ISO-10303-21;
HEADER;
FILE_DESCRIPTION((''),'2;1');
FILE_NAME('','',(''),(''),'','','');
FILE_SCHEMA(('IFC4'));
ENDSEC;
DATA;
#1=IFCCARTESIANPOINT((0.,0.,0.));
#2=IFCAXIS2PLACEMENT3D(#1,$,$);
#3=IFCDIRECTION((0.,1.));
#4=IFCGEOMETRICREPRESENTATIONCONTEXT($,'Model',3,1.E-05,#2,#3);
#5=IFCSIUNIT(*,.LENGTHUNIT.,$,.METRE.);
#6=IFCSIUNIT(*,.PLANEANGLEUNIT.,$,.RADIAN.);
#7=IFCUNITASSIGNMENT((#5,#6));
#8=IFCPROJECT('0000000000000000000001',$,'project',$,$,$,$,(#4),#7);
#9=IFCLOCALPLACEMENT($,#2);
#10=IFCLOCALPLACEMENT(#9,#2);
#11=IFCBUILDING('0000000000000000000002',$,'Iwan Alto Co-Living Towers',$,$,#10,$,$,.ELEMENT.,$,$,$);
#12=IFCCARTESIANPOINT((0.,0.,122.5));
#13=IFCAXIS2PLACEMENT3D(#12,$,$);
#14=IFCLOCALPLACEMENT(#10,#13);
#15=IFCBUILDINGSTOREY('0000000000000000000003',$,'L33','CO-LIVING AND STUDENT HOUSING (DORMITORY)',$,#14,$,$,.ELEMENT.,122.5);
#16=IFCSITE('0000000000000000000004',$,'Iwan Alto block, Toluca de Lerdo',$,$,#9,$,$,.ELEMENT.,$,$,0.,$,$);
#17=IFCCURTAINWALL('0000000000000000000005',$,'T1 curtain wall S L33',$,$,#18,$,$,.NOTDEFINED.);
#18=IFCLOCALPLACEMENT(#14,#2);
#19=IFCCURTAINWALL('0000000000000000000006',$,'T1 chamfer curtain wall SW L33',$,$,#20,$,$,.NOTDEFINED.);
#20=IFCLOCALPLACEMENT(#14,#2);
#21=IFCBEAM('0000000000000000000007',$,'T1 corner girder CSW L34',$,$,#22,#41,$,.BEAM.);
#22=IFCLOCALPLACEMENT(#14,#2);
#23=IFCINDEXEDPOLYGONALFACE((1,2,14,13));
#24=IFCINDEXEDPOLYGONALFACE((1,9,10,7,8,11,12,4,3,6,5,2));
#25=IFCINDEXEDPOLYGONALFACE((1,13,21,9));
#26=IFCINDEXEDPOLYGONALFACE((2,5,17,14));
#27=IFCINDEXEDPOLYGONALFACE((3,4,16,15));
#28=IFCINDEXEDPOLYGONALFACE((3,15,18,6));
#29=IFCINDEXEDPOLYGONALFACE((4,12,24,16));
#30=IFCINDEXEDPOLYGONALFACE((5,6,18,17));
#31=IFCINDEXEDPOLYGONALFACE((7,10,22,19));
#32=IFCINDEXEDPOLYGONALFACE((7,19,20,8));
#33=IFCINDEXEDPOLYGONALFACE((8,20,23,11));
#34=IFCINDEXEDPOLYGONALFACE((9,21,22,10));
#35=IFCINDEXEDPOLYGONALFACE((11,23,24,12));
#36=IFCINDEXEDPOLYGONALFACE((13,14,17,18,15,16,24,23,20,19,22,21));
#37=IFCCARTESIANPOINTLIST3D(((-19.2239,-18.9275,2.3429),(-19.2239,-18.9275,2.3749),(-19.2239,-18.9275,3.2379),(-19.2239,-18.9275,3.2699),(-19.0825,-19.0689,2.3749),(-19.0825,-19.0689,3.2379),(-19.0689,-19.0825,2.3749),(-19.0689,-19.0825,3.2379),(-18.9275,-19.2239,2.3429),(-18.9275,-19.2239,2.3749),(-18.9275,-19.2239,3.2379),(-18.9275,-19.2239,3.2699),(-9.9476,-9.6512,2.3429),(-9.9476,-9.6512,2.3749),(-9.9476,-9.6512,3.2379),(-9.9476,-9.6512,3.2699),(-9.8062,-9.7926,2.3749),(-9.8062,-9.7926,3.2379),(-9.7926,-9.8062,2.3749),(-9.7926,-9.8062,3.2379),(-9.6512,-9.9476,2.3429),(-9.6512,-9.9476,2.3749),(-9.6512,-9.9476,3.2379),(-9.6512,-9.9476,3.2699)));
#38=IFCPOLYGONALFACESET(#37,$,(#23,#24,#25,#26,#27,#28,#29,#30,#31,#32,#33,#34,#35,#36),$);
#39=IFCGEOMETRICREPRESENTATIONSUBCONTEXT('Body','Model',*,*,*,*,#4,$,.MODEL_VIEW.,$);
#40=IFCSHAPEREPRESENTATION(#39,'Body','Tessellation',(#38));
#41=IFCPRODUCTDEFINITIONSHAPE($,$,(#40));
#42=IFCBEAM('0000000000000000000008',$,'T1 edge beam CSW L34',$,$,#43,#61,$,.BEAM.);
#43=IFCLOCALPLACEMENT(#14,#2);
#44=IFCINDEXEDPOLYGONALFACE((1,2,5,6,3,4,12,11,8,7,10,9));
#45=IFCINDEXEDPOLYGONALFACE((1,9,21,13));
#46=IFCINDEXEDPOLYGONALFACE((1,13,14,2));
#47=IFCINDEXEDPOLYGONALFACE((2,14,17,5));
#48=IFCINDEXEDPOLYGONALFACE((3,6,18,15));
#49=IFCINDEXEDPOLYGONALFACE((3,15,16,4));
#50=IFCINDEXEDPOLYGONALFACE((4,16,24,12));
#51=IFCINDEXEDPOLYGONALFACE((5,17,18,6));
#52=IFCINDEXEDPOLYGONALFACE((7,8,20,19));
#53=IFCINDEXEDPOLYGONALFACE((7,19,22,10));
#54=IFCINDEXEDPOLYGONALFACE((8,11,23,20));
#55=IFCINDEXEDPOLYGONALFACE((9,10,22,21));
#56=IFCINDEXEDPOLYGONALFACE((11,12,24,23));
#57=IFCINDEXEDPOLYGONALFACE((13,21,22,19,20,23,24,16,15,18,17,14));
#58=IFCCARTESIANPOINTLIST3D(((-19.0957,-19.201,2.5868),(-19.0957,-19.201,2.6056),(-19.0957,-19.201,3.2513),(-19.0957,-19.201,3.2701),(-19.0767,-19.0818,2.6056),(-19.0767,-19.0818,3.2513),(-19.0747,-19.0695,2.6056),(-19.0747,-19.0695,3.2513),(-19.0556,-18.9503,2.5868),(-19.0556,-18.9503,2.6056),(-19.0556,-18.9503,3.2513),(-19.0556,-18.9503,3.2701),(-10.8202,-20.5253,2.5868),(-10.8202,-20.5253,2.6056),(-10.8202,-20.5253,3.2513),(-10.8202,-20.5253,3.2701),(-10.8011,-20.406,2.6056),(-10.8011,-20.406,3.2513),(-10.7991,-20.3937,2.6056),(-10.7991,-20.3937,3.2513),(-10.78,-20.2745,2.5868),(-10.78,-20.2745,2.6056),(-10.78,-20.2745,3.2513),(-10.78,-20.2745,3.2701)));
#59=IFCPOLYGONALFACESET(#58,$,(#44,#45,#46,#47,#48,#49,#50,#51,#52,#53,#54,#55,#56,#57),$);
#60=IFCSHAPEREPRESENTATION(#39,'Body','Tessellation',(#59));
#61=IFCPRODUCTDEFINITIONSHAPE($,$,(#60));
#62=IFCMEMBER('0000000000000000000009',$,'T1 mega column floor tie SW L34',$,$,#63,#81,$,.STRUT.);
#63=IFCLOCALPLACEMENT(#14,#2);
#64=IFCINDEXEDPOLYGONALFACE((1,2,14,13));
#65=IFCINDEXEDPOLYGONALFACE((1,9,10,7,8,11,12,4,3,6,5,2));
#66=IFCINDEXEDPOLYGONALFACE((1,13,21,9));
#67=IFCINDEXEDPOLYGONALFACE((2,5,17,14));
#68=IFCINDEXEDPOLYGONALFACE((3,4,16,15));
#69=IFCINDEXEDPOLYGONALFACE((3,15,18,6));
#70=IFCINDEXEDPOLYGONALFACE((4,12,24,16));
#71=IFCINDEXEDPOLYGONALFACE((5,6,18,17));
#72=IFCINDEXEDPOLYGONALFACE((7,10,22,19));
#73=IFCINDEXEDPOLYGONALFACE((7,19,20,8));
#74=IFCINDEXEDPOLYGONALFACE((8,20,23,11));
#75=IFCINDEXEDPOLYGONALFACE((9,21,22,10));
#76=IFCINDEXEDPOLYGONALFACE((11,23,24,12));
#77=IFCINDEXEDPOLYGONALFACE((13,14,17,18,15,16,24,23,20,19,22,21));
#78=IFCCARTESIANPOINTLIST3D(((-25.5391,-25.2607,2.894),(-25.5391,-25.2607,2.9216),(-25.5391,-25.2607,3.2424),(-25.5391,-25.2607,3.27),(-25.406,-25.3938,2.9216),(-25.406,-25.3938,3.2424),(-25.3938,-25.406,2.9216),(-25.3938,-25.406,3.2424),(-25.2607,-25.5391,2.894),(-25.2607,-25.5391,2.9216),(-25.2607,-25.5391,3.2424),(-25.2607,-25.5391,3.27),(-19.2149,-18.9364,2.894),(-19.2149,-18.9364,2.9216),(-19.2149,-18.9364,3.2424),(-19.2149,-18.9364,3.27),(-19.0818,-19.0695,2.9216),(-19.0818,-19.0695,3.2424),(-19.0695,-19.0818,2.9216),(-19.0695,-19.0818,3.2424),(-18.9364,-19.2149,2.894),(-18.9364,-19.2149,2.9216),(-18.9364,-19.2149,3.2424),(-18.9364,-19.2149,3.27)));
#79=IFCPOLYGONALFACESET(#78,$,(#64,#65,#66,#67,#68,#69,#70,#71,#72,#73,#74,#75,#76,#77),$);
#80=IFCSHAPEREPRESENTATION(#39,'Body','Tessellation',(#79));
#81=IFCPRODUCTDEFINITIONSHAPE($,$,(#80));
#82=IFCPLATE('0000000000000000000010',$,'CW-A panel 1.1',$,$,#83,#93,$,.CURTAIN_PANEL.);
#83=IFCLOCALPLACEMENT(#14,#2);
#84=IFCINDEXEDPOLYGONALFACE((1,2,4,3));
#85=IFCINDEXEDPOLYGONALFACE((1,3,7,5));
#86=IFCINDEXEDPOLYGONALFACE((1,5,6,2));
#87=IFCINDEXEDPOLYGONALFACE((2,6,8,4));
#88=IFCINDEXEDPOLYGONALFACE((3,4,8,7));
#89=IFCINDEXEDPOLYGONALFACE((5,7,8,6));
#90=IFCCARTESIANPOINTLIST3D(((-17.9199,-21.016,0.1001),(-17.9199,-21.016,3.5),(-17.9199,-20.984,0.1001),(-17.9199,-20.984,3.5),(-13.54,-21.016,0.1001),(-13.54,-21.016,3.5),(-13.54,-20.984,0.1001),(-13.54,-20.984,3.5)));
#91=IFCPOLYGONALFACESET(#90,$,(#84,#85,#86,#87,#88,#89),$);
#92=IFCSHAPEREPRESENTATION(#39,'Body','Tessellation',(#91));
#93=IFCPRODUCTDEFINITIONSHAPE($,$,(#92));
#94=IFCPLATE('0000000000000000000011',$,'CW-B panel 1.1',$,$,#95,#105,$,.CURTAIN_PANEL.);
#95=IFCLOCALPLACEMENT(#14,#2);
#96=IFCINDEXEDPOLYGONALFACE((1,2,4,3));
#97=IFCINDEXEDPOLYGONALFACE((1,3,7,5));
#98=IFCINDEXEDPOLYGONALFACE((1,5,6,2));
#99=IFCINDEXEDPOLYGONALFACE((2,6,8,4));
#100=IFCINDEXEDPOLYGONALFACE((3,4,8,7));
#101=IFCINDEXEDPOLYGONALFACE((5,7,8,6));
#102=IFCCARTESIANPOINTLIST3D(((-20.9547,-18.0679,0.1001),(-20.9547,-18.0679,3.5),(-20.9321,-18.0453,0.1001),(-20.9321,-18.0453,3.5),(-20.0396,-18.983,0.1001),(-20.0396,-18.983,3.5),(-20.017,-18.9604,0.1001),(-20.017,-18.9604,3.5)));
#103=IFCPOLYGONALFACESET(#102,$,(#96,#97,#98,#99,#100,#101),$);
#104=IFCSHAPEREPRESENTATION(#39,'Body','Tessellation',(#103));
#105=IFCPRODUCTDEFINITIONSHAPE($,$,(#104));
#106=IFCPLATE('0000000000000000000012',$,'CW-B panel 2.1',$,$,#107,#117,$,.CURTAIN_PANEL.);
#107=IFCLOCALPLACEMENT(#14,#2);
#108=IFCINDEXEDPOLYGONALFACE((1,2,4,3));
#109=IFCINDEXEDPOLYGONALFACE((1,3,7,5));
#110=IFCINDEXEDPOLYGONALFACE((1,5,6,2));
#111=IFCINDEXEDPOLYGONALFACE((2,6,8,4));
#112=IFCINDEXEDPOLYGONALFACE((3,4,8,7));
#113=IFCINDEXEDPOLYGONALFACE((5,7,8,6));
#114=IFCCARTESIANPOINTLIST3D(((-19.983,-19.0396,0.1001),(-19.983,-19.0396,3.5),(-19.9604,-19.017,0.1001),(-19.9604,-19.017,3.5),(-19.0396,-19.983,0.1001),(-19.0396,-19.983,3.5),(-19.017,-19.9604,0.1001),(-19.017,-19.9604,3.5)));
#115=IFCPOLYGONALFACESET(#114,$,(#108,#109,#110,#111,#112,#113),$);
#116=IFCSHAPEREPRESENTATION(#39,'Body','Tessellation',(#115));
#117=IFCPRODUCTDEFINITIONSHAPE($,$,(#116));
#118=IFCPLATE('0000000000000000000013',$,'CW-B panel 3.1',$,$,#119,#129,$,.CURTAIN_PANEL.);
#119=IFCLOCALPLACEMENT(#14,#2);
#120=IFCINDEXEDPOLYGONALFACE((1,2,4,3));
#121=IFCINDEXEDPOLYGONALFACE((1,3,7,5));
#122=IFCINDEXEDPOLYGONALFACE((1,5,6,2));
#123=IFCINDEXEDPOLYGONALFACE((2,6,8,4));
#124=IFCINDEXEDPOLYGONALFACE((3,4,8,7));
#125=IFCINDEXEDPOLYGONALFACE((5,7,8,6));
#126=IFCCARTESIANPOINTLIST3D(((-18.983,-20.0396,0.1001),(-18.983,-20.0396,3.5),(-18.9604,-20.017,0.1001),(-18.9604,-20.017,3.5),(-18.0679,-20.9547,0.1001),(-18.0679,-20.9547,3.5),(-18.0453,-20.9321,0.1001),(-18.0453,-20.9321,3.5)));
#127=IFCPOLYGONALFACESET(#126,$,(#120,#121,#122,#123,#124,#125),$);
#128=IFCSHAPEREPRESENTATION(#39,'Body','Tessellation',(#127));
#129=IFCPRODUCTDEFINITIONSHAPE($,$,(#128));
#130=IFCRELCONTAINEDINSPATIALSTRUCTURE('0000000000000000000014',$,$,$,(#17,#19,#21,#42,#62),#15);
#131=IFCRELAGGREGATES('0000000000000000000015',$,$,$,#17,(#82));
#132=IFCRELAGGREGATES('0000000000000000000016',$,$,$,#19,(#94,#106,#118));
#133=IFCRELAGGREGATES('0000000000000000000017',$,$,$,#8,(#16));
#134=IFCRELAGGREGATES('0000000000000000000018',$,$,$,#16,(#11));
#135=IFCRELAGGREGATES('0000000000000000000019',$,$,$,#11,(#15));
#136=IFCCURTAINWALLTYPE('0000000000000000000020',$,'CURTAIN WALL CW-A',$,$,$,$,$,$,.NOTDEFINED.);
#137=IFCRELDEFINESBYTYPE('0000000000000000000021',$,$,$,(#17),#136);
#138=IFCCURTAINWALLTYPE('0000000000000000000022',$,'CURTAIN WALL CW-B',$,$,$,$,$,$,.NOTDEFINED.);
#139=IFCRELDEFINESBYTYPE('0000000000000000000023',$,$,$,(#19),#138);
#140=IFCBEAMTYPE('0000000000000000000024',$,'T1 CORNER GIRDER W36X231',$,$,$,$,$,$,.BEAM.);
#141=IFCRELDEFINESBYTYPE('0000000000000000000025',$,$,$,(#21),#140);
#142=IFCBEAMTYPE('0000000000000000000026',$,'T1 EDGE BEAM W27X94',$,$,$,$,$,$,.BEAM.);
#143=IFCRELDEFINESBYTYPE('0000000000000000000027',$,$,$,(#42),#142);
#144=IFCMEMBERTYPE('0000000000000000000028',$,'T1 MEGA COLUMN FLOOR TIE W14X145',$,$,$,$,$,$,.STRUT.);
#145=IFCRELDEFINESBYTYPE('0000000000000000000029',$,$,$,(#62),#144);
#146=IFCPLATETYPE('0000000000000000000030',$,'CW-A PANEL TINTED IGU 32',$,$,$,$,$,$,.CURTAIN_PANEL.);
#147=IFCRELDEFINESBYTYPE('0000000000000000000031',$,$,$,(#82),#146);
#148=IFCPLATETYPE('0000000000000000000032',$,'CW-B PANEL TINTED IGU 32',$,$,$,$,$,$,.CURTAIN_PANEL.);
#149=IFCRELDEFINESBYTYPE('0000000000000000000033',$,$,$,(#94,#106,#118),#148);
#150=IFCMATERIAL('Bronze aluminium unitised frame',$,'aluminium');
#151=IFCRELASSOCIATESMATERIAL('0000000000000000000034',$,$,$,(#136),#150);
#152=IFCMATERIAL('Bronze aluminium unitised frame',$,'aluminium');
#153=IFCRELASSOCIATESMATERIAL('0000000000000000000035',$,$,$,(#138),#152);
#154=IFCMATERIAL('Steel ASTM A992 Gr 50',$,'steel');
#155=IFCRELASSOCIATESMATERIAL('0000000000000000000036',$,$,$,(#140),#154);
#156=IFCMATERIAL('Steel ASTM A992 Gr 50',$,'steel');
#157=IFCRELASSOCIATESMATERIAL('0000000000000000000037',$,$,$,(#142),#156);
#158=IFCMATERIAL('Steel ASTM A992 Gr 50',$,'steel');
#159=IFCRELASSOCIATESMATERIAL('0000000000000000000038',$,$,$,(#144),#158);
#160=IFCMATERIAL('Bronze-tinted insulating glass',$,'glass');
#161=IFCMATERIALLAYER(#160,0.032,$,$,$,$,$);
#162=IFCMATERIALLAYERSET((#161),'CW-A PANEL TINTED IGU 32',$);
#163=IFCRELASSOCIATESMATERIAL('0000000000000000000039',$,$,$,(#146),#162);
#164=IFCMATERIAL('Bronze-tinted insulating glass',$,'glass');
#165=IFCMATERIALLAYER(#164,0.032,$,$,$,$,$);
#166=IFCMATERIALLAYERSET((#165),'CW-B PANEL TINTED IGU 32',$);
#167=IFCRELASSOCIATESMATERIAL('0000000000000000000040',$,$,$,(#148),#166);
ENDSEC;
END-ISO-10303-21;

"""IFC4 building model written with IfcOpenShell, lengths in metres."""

from ifc_helpers import new_model, si_unit, direction, frame, origin, origin_2d, place, context, subcontext, project, spatial, rectangle, i_section, extrude, material, layer, layer_set, material_profile, profile_set, type_object, element, aggregate, save


model = new_model("IFC4")

# Units and contexts
model_context = context("Model", 3, precision=1e-05, world=origin(), true_north=direction((0.0, 1.0)))
body_context = subcontext(model_context, "Body", "Model", "MODEL_VIEW")
ifc_project = project(units=[si_unit("LENGTHUNIT", "METRE"), si_unit("PLANEANGLEUNIT", "RADIAN")], contexts=[model_context])

# Site, building, storey
site_placement = place(None, origin())
site = spatial("IfcSite", under=ifc_project, at=site_placement, Name="Iwan Alto block, Toluca de Lerdo", CompositionType="ELEMENT", RefElevation=0.0)
building_placement = place(site_placement, origin())
building = spatial("IfcBuilding", under=site, at=building_placement, Name="Iwan Alto Co-Living Towers", CompositionType="ELEMENT")
storey_placement = place(building_placement, frame((0.0, 0.0, 122.5)))
storey = spatial("IfcBuildingStorey", under=building, at=storey_placement, Name="L33", Description="CO-LIVING AND STUDENT HOUSING (DORMITORY)", CompositionType="ELEMENT", Elevation=122.5)

# Curtain wall
ifc_material_1 = material(Name="Bronze aluminium unitised frame", Category="aluminium")
curtain_wall_type_1 = type_object("IfcCurtainWallType", Name="CURTAIN WALL CW-A", PredefinedType="NOTDEFINED", material=ifc_material_1)
curtain_wall_1_placement = place(storey_placement, origin())
curtain_wall_1 = element("IfcCurtainWall", 1, at=curtain_wall_1_placement, inside=storey, type_object=curtain_wall_type_1, Name="T1 curtain wall S L33", PredefinedType="NOTDEFINED")

# Curtain wall
ifc_material_2 = material(Name="Bronze aluminium unitised frame", Category="aluminium")
curtain_wall_type_2 = type_object("IfcCurtainWallType", Name="CURTAIN WALL CW-B", PredefinedType="NOTDEFINED", material=ifc_material_2)
curtain_wall_2_placement = place(storey_placement, origin())
curtain_wall_2 = element("IfcCurtainWall", 2, at=curtain_wall_2_placement, inside=storey, type_object=curtain_wall_type_2, Name="T1 chamfer curtain wall SW L33", PredefinedType="NOTDEFINED")

# Beams
ifc_material_3 = material(Name="Steel ASTM A992 Gr 50", Category="steel")
ifc_material_profile_1 = material_profile(ifc_material_3, i_section(OverallWidth=0.4192, OverallDepth=0.927, WebThickness=0.0193, FlangeThickness=0.032, at=origin_2d()), Name="W36X231")
ifc_profile_set_1 = profile_set([ifc_material_profile_1], Name="Steel ASTM A992 Gr 50")
beam_type_1 = type_object("IfcBeamType", Name="T1 CORNER GIRDER W36X231", PredefinedType="BEAM", material=ifc_profile_set_1)
beam_1_placement = place(storey_placement, frame((-19.0757, -19.0757, 2.8064), z_axis=(0.707107, 0.707107, 0.0), x_axis=(-0.707107, 0.707107, 0.0)))
element("IfcBeam", 3, at=beam_1_placement, inside=storey, type_object=beam_type_1, Name="T1 corner girder CSW L34", PredefinedType="BEAM", context=body_context, shape_type="SweptSolid", body=[
    extrude(i_section(OverallWidth=0.4192, OverallDepth=0.927, WebThickness=0.0193, FlangeThickness=0.032, at=origin_2d()), origin(), (0.0, 0.0, 1.0), 13.1187),
])
ifc_material_4 = material(Name="Steel ASTM A992 Gr 50", Category="steel")
ifc_material_profile_2 = material_profile(ifc_material_4, i_section(OverallWidth=0.2539, OverallDepth=0.6833, WebThickness=0.0125, FlangeThickness=0.0188, at=origin_2d()), Name="W27X94")
ifc_profile_set_2 = profile_set([ifc_material_profile_2], Name="Steel ASTM A992 Gr 50")
beam_type_2 = type_object("IfcBeamType", Name="T1 EDGE BEAM W27X94", PredefinedType="BEAM", material=ifc_profile_set_2)
beam_2_placement = place(storey_placement, frame((-19.0757, -19.0757, 2.9285), z_axis=(0.987438, -0.158004, 0.0), x_axis=(0.158004, 0.987438, 0.0)))
element("IfcBeam", 4, at=beam_2_placement, inside=storey, type_object=beam_type_2, Name="T1 edge beam CSW L34", PredefinedType="BEAM", context=body_context, shape_type="SweptSolid", body=[
    extrude(i_section(OverallWidth=0.2539, OverallDepth=0.6833, WebThickness=0.0125, FlangeThickness=0.0188, at=origin_2d()), origin(), (0.0, 0.0, 1.0), 8.3809),
])

# Member
ifc_material_5 = material(Name="Steel ASTM A992 Gr 50", Category="steel")
ifc_material_profile_3 = material_profile(ifc_material_5, i_section(OverallWidth=0.3938, OverallDepth=0.376, WebThickness=0.0173, FlangeThickness=0.0276, at=origin_2d()), Name="W14X145")
ifc_profile_set_3 = profile_set([ifc_material_profile_3], Name="Steel ASTM A992 Gr 50")
member_type_1 = type_object("IfcMemberType", Name="T1 MEGA COLUMN FLOOR TIE W14X145", PredefinedType="STRUT", material=ifc_profile_set_3)
member_1_placement = place(storey_placement, frame((-25.3999, -25.3999, 3.082), z_axis=(0.707107, 0.707107, 0.0), x_axis=(-0.707107, 0.707107, 0.0)))
element("IfcMember", 5, at=member_1_placement, inside=storey, type_object=member_type_1, Name="T1 mega column floor tie SW L34", PredefinedType="STRUT", context=body_context, shape_type="SweptSolid", body=[
    extrude(i_section(OverallWidth=0.3938, OverallDepth=0.376, WebThickness=0.0173, FlangeThickness=0.0276, at=origin_2d()), origin(), (0.0, 0.0, 1.0), 8.9438),
])

# Plates
ifc_material_6 = material(Name="Bronze-tinted insulating glass", Category="glass")
ifc_layer_1 = layer(ifc_material_6, 0.032)
ifc_layer_set_1 = layer_set([ifc_layer_1], Name="CW-A PANEL TINTED IGU 32")
plate_type_1 = type_object("IfcPlateType", Name="CW-A PANEL TINTED IGU 32", PredefinedType="CURTAIN_PANEL", material=ifc_layer_set_1)
plate_1_placement = place(storey_placement, frame((-15.73, -21.0, 0.1001), z_axis=(0.0, 0.0, 1.0), x_axis=(1.0, 0.0, 0.0)))
plate_1 = element("IfcPlate", 6, at=plate_1_placement, type_object=plate_type_1, Name="CW-A panel 1.1", PredefinedType="CURTAIN_PANEL", context=body_context, shape_type="SweptSolid", body=[
    extrude(rectangle(XDim=4.3799, YDim=0.032, at=origin_2d()), origin(), (0.0, 0.0, 1.0), 3.3999),
])
aggregate(curtain_wall_1, [plate_1])
ifc_material_7 = material(Name="Bronze-tinted insulating glass", Category="glass")
ifc_layer_2 = layer(ifc_material_7, 0.032)
ifc_layer_set_2 = layer_set([ifc_layer_2], Name="CW-B PANEL TINTED IGU 32")
plate_type_2 = type_object("IfcPlateType", Name="CW-B PANEL TINTED IGU 32", PredefinedType="CURTAIN_PANEL", material=ifc_layer_set_2)
plate_2_placement = place(storey_placement, frame((-20.4858, -18.5142, 0.1001), z_axis=(0.0, 0.0, 1.0), x_axis=(0.707107, -0.707107, 0.0)))
plate_2 = element("IfcPlate", 7, at=plate_2_placement, type_object=plate_type_2, Name="CW-B panel 1.1", PredefinedType="CURTAIN_PANEL", context=body_context, shape_type="SweptSolid", body=[
    extrude(rectangle(XDim=1.2942, YDim=0.032, at=origin_2d()), origin(), (0.0, 0.0, 1.0), 3.3999),
])
plate_3_placement = place(storey_placement, frame((-19.5, -19.5, 0.1001), z_axis=(0.0, 0.0, 1.0), x_axis=(0.707107, -0.707107, 0.0)))
plate_3 = element("IfcPlate", 8, at=plate_3_placement, type_object=plate_type_2, Name="CW-B panel 2.1", PredefinedType="CURTAIN_PANEL", context=body_context, shape_type="SweptSolid", body=[
    extrude(rectangle(XDim=1.3342, YDim=0.032, at=origin_2d()), origin(), (0.0, 0.0, 1.0), 3.3999),
])
plate_4_placement = place(storey_placement, frame((-18.5142, -20.4858, 0.1001), z_axis=(0.0, 0.0, 1.0), x_axis=(0.707107, -0.707107, 0.0)))
plate_4 = element("IfcPlate", 9, at=plate_4_placement, type_object=plate_type_2, Name="CW-B panel 3.1", PredefinedType="CURTAIN_PANEL", context=body_context, shape_type="SweptSolid", body=[
    extrude(rectangle(XDim=1.2942, YDim=0.032, at=origin_2d()), origin(), (0.0, 0.0, 1.0), 3.3999),
])
aggregate(curtain_wall_2, [plate_2, plate_3, plate_4])

save(model, "model.ifc")
